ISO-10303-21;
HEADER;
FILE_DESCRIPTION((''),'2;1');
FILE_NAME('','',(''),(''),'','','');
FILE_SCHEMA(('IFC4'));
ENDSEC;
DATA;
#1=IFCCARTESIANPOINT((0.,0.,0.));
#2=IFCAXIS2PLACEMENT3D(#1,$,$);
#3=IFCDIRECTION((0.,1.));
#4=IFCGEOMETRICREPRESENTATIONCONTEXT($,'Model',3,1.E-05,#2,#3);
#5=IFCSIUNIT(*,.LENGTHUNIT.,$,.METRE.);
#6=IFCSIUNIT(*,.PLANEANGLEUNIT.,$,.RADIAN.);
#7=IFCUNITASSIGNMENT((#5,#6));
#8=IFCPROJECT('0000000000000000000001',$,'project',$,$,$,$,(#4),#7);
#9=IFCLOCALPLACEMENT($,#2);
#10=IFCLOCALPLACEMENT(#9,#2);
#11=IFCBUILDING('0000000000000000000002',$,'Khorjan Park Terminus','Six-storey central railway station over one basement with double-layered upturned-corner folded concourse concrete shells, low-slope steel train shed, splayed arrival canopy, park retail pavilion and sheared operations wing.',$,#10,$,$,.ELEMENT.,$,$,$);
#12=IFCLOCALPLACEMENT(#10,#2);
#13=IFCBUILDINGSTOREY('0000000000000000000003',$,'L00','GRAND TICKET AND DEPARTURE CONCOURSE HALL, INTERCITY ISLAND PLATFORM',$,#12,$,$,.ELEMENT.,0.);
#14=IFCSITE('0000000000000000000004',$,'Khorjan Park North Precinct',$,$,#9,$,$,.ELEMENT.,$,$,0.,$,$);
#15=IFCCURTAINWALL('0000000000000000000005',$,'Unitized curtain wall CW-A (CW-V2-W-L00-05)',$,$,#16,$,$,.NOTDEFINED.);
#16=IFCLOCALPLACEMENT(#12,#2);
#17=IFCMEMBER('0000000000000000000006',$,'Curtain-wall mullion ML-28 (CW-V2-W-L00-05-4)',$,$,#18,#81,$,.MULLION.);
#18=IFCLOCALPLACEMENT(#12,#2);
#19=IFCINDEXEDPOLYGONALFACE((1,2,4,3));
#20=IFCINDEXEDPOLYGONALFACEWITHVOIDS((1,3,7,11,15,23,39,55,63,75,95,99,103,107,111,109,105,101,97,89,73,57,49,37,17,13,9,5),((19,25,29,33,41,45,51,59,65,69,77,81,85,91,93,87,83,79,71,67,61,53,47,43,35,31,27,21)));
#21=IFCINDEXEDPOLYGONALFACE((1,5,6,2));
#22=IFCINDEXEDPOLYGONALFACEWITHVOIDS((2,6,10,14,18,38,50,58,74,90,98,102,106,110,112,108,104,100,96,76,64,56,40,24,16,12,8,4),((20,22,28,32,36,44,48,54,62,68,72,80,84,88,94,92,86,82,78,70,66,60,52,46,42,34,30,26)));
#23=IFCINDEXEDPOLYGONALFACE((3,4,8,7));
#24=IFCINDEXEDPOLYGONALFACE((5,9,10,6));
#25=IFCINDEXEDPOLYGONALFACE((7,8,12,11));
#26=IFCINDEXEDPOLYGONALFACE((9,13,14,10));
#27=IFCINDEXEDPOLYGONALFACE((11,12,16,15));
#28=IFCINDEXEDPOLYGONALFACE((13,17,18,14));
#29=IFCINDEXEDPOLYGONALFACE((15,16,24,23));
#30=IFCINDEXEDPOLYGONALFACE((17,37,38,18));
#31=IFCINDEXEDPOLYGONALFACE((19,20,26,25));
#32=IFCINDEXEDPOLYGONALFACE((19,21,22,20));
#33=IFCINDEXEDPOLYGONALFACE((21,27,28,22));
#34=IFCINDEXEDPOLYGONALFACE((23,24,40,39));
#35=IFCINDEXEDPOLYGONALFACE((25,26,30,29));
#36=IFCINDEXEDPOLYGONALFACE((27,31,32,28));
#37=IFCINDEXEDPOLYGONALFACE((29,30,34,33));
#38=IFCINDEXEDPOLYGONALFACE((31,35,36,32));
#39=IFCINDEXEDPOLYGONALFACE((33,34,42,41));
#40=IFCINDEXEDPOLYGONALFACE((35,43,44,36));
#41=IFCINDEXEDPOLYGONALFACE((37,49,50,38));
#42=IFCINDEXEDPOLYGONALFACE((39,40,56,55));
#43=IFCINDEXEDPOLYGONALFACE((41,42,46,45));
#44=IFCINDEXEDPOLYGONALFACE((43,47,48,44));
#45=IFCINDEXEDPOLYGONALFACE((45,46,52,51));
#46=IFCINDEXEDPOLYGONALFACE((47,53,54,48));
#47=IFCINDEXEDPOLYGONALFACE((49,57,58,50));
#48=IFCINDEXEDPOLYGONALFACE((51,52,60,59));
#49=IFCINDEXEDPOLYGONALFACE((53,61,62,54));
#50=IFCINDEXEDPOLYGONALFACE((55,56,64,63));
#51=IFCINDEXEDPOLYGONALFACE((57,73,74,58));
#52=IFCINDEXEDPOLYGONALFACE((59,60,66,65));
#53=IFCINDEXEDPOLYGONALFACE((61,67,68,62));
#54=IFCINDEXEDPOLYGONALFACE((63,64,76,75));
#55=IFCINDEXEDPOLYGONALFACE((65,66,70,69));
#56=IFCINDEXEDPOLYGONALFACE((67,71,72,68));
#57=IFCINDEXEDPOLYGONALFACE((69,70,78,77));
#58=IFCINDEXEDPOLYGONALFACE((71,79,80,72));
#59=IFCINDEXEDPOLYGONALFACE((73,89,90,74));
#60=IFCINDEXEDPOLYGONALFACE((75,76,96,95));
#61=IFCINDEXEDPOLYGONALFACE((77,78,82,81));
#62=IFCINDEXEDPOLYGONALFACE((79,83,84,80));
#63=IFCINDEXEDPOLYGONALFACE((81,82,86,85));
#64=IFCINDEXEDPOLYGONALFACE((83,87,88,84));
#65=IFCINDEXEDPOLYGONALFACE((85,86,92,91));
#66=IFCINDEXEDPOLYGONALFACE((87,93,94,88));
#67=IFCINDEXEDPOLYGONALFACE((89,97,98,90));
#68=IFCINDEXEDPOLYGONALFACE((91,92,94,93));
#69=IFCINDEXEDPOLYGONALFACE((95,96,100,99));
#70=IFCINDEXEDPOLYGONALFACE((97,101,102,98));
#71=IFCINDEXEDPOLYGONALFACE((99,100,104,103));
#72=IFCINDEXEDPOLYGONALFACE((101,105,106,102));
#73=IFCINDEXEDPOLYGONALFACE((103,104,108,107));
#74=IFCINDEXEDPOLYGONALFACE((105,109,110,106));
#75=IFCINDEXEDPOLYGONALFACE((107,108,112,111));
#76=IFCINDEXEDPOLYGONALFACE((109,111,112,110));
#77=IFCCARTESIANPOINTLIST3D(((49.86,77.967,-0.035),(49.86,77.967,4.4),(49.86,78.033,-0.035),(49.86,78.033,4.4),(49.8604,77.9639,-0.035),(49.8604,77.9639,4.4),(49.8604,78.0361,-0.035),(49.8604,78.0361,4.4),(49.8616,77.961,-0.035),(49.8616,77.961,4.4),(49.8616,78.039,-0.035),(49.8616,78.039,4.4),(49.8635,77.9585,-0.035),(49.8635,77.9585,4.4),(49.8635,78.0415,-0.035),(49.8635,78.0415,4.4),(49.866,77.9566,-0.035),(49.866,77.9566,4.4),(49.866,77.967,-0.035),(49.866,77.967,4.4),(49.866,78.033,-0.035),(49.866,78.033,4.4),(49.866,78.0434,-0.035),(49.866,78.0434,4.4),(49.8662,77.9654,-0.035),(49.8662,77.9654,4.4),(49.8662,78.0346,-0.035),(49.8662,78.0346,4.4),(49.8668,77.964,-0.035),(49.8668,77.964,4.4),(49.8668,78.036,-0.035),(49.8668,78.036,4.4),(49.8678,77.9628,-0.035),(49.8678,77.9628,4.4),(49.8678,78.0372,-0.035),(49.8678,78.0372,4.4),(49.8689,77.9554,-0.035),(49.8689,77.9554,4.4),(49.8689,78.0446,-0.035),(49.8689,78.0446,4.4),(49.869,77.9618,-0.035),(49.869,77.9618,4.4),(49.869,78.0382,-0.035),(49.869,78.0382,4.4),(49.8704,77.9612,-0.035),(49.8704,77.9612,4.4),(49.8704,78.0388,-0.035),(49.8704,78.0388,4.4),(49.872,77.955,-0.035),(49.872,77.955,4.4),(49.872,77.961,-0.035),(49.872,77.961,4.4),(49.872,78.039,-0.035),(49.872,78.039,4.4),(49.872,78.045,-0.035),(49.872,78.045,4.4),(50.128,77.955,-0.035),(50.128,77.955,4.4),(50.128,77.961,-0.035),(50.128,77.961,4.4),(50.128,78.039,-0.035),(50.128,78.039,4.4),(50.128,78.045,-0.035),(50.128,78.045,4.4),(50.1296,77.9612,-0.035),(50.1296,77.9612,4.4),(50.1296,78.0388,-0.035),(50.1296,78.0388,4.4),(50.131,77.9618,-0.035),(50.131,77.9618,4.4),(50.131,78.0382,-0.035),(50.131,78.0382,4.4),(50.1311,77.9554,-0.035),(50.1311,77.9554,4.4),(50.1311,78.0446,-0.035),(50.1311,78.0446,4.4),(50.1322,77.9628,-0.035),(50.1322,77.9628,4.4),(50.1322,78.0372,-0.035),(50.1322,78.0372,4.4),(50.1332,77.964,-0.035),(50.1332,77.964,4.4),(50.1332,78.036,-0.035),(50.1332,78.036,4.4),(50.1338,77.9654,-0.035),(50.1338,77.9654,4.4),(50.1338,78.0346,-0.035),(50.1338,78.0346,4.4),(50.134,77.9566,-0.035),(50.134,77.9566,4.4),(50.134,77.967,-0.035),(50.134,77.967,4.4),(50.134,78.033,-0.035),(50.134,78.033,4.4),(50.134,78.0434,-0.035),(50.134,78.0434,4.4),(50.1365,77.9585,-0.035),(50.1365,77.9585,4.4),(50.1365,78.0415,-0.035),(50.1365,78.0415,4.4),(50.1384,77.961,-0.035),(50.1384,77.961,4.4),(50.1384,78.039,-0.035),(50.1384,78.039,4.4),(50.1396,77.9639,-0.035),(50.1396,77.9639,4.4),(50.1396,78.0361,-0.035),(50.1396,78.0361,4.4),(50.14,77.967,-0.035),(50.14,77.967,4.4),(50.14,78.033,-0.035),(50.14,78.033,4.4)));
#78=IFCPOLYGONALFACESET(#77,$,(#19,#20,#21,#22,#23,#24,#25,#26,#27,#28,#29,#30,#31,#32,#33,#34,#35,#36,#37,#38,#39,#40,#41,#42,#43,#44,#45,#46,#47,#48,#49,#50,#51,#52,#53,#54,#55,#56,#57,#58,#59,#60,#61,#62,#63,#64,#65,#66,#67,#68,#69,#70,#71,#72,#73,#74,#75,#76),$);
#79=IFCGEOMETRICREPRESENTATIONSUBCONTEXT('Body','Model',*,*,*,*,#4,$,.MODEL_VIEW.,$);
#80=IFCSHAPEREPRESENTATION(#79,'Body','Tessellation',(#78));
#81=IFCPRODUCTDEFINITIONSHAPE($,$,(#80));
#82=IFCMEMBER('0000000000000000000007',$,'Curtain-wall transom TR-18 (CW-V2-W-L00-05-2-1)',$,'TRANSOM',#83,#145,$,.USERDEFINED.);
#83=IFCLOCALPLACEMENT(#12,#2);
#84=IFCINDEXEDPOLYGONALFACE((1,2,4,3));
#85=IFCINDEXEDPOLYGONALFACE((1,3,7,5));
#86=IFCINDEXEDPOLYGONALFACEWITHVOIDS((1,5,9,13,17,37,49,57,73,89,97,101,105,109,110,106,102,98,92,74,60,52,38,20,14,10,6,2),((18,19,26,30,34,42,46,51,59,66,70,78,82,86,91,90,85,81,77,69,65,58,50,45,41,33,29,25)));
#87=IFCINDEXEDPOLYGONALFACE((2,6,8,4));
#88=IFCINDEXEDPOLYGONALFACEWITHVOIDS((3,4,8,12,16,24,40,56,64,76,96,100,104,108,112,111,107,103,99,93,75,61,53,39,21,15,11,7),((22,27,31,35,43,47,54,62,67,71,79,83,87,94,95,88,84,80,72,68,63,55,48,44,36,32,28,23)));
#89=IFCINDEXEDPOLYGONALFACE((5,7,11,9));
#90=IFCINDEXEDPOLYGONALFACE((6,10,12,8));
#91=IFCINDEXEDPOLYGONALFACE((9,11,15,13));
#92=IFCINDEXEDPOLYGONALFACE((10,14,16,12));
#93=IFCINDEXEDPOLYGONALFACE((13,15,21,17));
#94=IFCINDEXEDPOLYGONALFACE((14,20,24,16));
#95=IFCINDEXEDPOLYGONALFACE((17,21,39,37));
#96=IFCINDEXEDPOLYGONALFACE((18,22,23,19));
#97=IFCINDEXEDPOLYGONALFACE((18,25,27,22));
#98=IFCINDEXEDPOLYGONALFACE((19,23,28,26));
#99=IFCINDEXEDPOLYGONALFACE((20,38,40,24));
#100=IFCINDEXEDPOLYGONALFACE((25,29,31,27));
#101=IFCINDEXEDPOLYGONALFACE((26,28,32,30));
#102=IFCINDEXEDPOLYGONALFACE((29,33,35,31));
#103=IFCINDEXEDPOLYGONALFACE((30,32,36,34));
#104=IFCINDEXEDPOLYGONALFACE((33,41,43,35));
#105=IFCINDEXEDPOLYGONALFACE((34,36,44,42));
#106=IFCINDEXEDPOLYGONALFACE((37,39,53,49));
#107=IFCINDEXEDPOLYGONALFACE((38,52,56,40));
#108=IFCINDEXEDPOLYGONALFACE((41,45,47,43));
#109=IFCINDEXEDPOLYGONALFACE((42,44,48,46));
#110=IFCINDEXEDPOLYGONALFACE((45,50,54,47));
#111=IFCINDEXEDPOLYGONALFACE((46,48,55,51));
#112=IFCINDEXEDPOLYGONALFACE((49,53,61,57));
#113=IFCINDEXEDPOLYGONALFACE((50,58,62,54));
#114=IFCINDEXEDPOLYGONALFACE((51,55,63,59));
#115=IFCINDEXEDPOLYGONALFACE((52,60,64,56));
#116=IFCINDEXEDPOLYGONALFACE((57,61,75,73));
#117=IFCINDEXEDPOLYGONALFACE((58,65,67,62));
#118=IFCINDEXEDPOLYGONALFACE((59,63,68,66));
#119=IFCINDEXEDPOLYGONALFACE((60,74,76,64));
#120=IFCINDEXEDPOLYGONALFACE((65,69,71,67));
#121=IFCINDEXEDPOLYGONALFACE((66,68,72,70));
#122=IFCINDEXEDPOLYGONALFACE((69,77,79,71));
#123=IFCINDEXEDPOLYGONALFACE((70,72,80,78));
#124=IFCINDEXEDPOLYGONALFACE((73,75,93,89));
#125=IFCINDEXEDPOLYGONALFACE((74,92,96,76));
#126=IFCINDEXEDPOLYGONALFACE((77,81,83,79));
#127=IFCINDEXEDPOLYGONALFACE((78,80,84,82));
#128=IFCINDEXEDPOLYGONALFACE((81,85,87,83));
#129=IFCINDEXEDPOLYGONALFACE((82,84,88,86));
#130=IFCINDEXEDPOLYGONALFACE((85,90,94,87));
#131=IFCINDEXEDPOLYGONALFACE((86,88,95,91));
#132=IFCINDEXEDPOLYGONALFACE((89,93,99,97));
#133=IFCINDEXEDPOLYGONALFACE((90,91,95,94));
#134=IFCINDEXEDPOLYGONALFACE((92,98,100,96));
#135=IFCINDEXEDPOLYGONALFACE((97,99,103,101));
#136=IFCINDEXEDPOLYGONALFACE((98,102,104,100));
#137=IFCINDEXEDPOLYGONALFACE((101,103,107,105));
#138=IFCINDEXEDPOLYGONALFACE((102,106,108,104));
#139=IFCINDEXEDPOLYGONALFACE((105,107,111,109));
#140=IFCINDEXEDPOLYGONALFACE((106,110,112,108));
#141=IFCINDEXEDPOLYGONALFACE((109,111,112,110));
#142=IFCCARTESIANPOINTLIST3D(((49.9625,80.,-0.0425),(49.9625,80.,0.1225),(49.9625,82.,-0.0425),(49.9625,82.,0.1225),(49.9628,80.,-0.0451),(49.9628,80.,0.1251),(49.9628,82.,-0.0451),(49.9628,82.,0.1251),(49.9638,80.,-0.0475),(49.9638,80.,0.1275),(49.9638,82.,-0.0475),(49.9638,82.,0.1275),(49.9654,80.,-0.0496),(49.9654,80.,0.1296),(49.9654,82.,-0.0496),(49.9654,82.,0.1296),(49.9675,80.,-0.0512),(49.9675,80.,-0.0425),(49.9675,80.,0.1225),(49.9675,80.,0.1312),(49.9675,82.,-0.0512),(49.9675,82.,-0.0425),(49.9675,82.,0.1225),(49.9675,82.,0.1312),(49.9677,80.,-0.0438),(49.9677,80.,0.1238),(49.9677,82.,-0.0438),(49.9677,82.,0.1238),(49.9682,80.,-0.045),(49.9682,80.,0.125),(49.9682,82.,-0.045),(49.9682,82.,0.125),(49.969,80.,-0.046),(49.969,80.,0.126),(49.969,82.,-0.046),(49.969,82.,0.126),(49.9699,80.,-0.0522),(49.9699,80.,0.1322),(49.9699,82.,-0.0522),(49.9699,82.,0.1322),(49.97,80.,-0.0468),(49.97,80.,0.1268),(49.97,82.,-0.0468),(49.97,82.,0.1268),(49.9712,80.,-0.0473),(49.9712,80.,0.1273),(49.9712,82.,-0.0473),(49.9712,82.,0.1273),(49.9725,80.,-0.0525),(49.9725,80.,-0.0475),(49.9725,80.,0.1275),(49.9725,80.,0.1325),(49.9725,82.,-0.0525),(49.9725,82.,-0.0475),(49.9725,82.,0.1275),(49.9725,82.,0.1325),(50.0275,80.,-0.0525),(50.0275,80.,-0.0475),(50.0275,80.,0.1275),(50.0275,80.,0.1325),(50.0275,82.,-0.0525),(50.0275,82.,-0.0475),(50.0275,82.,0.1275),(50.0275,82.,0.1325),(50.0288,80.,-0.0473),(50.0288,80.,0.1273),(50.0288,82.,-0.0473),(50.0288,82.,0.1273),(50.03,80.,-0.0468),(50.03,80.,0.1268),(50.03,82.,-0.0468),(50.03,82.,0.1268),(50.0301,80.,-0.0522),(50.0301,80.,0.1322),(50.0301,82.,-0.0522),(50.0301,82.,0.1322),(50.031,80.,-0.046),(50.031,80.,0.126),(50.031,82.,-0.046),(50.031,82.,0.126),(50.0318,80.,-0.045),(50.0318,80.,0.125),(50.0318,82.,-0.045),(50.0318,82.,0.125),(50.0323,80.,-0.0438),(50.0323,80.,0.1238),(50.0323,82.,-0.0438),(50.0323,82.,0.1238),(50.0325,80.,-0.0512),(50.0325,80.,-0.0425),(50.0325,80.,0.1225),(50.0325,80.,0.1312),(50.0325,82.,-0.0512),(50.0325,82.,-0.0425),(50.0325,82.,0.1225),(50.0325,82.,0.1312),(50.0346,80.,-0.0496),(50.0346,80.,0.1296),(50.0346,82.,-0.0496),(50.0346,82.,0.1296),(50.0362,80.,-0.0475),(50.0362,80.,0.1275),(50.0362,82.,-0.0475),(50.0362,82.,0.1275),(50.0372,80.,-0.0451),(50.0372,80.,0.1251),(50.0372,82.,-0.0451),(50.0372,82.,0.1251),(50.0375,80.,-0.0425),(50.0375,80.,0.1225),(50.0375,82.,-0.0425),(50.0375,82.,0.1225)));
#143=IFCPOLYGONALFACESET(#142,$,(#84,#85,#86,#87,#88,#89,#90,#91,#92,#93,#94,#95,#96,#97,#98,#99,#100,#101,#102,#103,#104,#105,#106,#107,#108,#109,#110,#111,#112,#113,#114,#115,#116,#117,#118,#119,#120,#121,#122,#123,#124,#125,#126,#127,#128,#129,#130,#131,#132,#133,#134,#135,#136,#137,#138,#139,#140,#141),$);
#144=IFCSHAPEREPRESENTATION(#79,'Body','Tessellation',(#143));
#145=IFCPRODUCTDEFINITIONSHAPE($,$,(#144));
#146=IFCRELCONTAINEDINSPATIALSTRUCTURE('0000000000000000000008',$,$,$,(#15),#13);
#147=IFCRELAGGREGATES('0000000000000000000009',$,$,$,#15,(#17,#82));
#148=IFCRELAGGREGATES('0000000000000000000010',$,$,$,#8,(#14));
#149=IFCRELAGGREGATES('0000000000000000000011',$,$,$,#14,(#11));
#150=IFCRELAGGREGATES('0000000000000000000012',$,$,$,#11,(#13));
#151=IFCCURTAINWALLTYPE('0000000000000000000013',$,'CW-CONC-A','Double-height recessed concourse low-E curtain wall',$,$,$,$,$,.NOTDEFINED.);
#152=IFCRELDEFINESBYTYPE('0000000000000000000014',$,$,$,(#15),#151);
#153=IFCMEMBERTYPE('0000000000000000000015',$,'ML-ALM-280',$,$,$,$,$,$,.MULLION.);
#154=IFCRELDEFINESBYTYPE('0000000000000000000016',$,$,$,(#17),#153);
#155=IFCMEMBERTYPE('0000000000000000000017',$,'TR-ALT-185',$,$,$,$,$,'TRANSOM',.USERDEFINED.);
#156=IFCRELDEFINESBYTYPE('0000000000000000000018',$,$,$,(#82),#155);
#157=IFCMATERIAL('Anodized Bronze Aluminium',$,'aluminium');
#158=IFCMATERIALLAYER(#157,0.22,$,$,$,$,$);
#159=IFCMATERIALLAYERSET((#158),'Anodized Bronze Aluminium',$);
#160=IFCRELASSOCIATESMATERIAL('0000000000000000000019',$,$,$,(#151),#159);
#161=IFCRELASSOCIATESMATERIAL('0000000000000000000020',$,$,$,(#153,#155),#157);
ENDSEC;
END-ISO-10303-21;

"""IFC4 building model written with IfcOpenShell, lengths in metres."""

from ifc_helpers import new_model, si_unit, direction, frame, origin, origin_2d, place, context, subcontext, project, spatial, hollow_rectangle, extrude, material, layer, layer_set, material_profile, profile_set, type_object, element, aggregate, save


model = new_model("IFC4")

# Units and contexts
model_context = context("Model", 3, precision=1e-05, world=origin(), true_north=direction((0.0, 1.0)))
body_context = subcontext(model_context, "Body", "Model", "MODEL_VIEW")
ifc_project = project(units=[si_unit("LENGTHUNIT", "METRE"), si_unit("PLANEANGLEUNIT", "RADIAN")], contexts=[model_context])

# Site, building, storey
site_placement = place(None, origin())
site = spatial("IfcSite", under=ifc_project, at=site_placement, Name="Khorjan Park North Precinct", CompositionType="ELEMENT", RefElevation=0.0)
building_placement = place(site_placement, origin())
building = spatial("IfcBuilding", under=site, at=building_placement, Name="Khorjan Park Terminus", Description="Six-storey central railway station over one basement with double-layered upturned-corner folded concourse concrete shells, low-slope steel train shed, splayed arrival canopy, park retail pavilion and sheared operations wing.", CompositionType="ELEMENT")
storey_placement = place(building_placement, origin())
storey = spatial("IfcBuildingStorey", under=building, at=storey_placement, Name="L00", Description="GRAND TICKET AND DEPARTURE CONCOURSE HALL, INTERCITY ISLAND PLATFORM", CompositionType="ELEMENT", Elevation=0.0)

# Curtain wall, members
ifc_material_1 = material(Name="Anodized Bronze Aluminium", Category="aluminium")
ifc_layer_1 = layer(ifc_material_1, 0.22)
ifc_layer_set_1 = layer_set([ifc_layer_1], Name="Anodized Bronze Aluminium")
curtain_wall_type = type_object("IfcCurtainWallType", Name="CW-CONC-A", Description="Double-height recessed concourse low-E curtain wall", PredefinedType="NOTDEFINED", material=ifc_layer_set_1)
curtain_wall_placement = place(storey_placement, origin())
curtain_wall = element("IfcCurtainWall", 1, at=curtain_wall_placement, inside=storey, type_object=curtain_wall_type, Name="Unitized curtain wall CW-A (CW-V2-W-L00-05)", PredefinedType="NOTDEFINED")
ifc_material_profile_1 = material_profile(ifc_material_1, hollow_rectangle(XDim=0.09, YDim=0.28, WallThickness=0.006, InnerFilletRadius=0.006, OuterFilletRadius=0.012, at=origin_2d()), Name="ALM 90x280x6")
ifc_profile_set_1 = profile_set([ifc_material_profile_1], Name="Anodized Bronze Aluminium")
member_type_1 = type_object("IfcMemberType", Name="ML-ALM-280", PredefinedType="MULLION", material=ifc_profile_set_1)
member_1_placement = place(storey_placement, frame((50.0, 78.0, -0.035), z_axis=(0.0, 0.0, 1.0), x_axis=(0.0, -1.0, 0.0)))
member_1 = element("IfcMember", 2, at=member_1_placement, type_object=member_type_1, Name="Curtain-wall mullion ML-28 (CW-V2-W-L00-05-4)", PredefinedType="MULLION", context=body_context, shape_type="SweptSolid", body=[
    extrude(hollow_rectangle(XDim=0.09, YDim=0.28, WallThickness=0.006, InnerFilletRadius=0.006, OuterFilletRadius=0.012, at=origin_2d()), origin(), (0.0, 0.0, 1.0), 4.435),
])
ifc_material_profile_2 = material_profile(ifc_material_1, hollow_rectangle(XDim=0.075, YDim=0.185, WallThickness=0.005, InnerFilletRadius=0.005, OuterFilletRadius=0.01, at=origin_2d()), Name="ALT 75x185x5")
ifc_profile_set_2 = profile_set([ifc_material_profile_2], Name="Anodized Bronze Aluminium")
member_type_2 = type_object("IfcMemberType", Name="TR-ALT-185", ElementType="TRANSOM", PredefinedType="USERDEFINED", material=ifc_profile_set_2)
member_2_placement = place(storey_placement, frame((50.0, 82.0, 0.04), z_axis=(0.0, -1.0, 0.0), x_axis=(1.0, 0.0, 0.0)))
member_2 = element("IfcMember", 3, at=member_2_placement, type_object=member_type_2, Name="Curtain-wall transom TR-18 (CW-V2-W-L00-05-2-1)", ObjectType="TRANSOM", PredefinedType="USERDEFINED", context=body_context, shape_type="SweptSolid", body=[
    extrude(hollow_rectangle(XDim=0.075, YDim=0.185, WallThickness=0.005, InnerFilletRadius=0.005, OuterFilletRadius=0.01, at=origin_2d()), origin(), (0.0, 0.0, 1.0), 2.0),
])
aggregate(curtain_wall, [member_1, member_2])

save(model, "model.ifc")
